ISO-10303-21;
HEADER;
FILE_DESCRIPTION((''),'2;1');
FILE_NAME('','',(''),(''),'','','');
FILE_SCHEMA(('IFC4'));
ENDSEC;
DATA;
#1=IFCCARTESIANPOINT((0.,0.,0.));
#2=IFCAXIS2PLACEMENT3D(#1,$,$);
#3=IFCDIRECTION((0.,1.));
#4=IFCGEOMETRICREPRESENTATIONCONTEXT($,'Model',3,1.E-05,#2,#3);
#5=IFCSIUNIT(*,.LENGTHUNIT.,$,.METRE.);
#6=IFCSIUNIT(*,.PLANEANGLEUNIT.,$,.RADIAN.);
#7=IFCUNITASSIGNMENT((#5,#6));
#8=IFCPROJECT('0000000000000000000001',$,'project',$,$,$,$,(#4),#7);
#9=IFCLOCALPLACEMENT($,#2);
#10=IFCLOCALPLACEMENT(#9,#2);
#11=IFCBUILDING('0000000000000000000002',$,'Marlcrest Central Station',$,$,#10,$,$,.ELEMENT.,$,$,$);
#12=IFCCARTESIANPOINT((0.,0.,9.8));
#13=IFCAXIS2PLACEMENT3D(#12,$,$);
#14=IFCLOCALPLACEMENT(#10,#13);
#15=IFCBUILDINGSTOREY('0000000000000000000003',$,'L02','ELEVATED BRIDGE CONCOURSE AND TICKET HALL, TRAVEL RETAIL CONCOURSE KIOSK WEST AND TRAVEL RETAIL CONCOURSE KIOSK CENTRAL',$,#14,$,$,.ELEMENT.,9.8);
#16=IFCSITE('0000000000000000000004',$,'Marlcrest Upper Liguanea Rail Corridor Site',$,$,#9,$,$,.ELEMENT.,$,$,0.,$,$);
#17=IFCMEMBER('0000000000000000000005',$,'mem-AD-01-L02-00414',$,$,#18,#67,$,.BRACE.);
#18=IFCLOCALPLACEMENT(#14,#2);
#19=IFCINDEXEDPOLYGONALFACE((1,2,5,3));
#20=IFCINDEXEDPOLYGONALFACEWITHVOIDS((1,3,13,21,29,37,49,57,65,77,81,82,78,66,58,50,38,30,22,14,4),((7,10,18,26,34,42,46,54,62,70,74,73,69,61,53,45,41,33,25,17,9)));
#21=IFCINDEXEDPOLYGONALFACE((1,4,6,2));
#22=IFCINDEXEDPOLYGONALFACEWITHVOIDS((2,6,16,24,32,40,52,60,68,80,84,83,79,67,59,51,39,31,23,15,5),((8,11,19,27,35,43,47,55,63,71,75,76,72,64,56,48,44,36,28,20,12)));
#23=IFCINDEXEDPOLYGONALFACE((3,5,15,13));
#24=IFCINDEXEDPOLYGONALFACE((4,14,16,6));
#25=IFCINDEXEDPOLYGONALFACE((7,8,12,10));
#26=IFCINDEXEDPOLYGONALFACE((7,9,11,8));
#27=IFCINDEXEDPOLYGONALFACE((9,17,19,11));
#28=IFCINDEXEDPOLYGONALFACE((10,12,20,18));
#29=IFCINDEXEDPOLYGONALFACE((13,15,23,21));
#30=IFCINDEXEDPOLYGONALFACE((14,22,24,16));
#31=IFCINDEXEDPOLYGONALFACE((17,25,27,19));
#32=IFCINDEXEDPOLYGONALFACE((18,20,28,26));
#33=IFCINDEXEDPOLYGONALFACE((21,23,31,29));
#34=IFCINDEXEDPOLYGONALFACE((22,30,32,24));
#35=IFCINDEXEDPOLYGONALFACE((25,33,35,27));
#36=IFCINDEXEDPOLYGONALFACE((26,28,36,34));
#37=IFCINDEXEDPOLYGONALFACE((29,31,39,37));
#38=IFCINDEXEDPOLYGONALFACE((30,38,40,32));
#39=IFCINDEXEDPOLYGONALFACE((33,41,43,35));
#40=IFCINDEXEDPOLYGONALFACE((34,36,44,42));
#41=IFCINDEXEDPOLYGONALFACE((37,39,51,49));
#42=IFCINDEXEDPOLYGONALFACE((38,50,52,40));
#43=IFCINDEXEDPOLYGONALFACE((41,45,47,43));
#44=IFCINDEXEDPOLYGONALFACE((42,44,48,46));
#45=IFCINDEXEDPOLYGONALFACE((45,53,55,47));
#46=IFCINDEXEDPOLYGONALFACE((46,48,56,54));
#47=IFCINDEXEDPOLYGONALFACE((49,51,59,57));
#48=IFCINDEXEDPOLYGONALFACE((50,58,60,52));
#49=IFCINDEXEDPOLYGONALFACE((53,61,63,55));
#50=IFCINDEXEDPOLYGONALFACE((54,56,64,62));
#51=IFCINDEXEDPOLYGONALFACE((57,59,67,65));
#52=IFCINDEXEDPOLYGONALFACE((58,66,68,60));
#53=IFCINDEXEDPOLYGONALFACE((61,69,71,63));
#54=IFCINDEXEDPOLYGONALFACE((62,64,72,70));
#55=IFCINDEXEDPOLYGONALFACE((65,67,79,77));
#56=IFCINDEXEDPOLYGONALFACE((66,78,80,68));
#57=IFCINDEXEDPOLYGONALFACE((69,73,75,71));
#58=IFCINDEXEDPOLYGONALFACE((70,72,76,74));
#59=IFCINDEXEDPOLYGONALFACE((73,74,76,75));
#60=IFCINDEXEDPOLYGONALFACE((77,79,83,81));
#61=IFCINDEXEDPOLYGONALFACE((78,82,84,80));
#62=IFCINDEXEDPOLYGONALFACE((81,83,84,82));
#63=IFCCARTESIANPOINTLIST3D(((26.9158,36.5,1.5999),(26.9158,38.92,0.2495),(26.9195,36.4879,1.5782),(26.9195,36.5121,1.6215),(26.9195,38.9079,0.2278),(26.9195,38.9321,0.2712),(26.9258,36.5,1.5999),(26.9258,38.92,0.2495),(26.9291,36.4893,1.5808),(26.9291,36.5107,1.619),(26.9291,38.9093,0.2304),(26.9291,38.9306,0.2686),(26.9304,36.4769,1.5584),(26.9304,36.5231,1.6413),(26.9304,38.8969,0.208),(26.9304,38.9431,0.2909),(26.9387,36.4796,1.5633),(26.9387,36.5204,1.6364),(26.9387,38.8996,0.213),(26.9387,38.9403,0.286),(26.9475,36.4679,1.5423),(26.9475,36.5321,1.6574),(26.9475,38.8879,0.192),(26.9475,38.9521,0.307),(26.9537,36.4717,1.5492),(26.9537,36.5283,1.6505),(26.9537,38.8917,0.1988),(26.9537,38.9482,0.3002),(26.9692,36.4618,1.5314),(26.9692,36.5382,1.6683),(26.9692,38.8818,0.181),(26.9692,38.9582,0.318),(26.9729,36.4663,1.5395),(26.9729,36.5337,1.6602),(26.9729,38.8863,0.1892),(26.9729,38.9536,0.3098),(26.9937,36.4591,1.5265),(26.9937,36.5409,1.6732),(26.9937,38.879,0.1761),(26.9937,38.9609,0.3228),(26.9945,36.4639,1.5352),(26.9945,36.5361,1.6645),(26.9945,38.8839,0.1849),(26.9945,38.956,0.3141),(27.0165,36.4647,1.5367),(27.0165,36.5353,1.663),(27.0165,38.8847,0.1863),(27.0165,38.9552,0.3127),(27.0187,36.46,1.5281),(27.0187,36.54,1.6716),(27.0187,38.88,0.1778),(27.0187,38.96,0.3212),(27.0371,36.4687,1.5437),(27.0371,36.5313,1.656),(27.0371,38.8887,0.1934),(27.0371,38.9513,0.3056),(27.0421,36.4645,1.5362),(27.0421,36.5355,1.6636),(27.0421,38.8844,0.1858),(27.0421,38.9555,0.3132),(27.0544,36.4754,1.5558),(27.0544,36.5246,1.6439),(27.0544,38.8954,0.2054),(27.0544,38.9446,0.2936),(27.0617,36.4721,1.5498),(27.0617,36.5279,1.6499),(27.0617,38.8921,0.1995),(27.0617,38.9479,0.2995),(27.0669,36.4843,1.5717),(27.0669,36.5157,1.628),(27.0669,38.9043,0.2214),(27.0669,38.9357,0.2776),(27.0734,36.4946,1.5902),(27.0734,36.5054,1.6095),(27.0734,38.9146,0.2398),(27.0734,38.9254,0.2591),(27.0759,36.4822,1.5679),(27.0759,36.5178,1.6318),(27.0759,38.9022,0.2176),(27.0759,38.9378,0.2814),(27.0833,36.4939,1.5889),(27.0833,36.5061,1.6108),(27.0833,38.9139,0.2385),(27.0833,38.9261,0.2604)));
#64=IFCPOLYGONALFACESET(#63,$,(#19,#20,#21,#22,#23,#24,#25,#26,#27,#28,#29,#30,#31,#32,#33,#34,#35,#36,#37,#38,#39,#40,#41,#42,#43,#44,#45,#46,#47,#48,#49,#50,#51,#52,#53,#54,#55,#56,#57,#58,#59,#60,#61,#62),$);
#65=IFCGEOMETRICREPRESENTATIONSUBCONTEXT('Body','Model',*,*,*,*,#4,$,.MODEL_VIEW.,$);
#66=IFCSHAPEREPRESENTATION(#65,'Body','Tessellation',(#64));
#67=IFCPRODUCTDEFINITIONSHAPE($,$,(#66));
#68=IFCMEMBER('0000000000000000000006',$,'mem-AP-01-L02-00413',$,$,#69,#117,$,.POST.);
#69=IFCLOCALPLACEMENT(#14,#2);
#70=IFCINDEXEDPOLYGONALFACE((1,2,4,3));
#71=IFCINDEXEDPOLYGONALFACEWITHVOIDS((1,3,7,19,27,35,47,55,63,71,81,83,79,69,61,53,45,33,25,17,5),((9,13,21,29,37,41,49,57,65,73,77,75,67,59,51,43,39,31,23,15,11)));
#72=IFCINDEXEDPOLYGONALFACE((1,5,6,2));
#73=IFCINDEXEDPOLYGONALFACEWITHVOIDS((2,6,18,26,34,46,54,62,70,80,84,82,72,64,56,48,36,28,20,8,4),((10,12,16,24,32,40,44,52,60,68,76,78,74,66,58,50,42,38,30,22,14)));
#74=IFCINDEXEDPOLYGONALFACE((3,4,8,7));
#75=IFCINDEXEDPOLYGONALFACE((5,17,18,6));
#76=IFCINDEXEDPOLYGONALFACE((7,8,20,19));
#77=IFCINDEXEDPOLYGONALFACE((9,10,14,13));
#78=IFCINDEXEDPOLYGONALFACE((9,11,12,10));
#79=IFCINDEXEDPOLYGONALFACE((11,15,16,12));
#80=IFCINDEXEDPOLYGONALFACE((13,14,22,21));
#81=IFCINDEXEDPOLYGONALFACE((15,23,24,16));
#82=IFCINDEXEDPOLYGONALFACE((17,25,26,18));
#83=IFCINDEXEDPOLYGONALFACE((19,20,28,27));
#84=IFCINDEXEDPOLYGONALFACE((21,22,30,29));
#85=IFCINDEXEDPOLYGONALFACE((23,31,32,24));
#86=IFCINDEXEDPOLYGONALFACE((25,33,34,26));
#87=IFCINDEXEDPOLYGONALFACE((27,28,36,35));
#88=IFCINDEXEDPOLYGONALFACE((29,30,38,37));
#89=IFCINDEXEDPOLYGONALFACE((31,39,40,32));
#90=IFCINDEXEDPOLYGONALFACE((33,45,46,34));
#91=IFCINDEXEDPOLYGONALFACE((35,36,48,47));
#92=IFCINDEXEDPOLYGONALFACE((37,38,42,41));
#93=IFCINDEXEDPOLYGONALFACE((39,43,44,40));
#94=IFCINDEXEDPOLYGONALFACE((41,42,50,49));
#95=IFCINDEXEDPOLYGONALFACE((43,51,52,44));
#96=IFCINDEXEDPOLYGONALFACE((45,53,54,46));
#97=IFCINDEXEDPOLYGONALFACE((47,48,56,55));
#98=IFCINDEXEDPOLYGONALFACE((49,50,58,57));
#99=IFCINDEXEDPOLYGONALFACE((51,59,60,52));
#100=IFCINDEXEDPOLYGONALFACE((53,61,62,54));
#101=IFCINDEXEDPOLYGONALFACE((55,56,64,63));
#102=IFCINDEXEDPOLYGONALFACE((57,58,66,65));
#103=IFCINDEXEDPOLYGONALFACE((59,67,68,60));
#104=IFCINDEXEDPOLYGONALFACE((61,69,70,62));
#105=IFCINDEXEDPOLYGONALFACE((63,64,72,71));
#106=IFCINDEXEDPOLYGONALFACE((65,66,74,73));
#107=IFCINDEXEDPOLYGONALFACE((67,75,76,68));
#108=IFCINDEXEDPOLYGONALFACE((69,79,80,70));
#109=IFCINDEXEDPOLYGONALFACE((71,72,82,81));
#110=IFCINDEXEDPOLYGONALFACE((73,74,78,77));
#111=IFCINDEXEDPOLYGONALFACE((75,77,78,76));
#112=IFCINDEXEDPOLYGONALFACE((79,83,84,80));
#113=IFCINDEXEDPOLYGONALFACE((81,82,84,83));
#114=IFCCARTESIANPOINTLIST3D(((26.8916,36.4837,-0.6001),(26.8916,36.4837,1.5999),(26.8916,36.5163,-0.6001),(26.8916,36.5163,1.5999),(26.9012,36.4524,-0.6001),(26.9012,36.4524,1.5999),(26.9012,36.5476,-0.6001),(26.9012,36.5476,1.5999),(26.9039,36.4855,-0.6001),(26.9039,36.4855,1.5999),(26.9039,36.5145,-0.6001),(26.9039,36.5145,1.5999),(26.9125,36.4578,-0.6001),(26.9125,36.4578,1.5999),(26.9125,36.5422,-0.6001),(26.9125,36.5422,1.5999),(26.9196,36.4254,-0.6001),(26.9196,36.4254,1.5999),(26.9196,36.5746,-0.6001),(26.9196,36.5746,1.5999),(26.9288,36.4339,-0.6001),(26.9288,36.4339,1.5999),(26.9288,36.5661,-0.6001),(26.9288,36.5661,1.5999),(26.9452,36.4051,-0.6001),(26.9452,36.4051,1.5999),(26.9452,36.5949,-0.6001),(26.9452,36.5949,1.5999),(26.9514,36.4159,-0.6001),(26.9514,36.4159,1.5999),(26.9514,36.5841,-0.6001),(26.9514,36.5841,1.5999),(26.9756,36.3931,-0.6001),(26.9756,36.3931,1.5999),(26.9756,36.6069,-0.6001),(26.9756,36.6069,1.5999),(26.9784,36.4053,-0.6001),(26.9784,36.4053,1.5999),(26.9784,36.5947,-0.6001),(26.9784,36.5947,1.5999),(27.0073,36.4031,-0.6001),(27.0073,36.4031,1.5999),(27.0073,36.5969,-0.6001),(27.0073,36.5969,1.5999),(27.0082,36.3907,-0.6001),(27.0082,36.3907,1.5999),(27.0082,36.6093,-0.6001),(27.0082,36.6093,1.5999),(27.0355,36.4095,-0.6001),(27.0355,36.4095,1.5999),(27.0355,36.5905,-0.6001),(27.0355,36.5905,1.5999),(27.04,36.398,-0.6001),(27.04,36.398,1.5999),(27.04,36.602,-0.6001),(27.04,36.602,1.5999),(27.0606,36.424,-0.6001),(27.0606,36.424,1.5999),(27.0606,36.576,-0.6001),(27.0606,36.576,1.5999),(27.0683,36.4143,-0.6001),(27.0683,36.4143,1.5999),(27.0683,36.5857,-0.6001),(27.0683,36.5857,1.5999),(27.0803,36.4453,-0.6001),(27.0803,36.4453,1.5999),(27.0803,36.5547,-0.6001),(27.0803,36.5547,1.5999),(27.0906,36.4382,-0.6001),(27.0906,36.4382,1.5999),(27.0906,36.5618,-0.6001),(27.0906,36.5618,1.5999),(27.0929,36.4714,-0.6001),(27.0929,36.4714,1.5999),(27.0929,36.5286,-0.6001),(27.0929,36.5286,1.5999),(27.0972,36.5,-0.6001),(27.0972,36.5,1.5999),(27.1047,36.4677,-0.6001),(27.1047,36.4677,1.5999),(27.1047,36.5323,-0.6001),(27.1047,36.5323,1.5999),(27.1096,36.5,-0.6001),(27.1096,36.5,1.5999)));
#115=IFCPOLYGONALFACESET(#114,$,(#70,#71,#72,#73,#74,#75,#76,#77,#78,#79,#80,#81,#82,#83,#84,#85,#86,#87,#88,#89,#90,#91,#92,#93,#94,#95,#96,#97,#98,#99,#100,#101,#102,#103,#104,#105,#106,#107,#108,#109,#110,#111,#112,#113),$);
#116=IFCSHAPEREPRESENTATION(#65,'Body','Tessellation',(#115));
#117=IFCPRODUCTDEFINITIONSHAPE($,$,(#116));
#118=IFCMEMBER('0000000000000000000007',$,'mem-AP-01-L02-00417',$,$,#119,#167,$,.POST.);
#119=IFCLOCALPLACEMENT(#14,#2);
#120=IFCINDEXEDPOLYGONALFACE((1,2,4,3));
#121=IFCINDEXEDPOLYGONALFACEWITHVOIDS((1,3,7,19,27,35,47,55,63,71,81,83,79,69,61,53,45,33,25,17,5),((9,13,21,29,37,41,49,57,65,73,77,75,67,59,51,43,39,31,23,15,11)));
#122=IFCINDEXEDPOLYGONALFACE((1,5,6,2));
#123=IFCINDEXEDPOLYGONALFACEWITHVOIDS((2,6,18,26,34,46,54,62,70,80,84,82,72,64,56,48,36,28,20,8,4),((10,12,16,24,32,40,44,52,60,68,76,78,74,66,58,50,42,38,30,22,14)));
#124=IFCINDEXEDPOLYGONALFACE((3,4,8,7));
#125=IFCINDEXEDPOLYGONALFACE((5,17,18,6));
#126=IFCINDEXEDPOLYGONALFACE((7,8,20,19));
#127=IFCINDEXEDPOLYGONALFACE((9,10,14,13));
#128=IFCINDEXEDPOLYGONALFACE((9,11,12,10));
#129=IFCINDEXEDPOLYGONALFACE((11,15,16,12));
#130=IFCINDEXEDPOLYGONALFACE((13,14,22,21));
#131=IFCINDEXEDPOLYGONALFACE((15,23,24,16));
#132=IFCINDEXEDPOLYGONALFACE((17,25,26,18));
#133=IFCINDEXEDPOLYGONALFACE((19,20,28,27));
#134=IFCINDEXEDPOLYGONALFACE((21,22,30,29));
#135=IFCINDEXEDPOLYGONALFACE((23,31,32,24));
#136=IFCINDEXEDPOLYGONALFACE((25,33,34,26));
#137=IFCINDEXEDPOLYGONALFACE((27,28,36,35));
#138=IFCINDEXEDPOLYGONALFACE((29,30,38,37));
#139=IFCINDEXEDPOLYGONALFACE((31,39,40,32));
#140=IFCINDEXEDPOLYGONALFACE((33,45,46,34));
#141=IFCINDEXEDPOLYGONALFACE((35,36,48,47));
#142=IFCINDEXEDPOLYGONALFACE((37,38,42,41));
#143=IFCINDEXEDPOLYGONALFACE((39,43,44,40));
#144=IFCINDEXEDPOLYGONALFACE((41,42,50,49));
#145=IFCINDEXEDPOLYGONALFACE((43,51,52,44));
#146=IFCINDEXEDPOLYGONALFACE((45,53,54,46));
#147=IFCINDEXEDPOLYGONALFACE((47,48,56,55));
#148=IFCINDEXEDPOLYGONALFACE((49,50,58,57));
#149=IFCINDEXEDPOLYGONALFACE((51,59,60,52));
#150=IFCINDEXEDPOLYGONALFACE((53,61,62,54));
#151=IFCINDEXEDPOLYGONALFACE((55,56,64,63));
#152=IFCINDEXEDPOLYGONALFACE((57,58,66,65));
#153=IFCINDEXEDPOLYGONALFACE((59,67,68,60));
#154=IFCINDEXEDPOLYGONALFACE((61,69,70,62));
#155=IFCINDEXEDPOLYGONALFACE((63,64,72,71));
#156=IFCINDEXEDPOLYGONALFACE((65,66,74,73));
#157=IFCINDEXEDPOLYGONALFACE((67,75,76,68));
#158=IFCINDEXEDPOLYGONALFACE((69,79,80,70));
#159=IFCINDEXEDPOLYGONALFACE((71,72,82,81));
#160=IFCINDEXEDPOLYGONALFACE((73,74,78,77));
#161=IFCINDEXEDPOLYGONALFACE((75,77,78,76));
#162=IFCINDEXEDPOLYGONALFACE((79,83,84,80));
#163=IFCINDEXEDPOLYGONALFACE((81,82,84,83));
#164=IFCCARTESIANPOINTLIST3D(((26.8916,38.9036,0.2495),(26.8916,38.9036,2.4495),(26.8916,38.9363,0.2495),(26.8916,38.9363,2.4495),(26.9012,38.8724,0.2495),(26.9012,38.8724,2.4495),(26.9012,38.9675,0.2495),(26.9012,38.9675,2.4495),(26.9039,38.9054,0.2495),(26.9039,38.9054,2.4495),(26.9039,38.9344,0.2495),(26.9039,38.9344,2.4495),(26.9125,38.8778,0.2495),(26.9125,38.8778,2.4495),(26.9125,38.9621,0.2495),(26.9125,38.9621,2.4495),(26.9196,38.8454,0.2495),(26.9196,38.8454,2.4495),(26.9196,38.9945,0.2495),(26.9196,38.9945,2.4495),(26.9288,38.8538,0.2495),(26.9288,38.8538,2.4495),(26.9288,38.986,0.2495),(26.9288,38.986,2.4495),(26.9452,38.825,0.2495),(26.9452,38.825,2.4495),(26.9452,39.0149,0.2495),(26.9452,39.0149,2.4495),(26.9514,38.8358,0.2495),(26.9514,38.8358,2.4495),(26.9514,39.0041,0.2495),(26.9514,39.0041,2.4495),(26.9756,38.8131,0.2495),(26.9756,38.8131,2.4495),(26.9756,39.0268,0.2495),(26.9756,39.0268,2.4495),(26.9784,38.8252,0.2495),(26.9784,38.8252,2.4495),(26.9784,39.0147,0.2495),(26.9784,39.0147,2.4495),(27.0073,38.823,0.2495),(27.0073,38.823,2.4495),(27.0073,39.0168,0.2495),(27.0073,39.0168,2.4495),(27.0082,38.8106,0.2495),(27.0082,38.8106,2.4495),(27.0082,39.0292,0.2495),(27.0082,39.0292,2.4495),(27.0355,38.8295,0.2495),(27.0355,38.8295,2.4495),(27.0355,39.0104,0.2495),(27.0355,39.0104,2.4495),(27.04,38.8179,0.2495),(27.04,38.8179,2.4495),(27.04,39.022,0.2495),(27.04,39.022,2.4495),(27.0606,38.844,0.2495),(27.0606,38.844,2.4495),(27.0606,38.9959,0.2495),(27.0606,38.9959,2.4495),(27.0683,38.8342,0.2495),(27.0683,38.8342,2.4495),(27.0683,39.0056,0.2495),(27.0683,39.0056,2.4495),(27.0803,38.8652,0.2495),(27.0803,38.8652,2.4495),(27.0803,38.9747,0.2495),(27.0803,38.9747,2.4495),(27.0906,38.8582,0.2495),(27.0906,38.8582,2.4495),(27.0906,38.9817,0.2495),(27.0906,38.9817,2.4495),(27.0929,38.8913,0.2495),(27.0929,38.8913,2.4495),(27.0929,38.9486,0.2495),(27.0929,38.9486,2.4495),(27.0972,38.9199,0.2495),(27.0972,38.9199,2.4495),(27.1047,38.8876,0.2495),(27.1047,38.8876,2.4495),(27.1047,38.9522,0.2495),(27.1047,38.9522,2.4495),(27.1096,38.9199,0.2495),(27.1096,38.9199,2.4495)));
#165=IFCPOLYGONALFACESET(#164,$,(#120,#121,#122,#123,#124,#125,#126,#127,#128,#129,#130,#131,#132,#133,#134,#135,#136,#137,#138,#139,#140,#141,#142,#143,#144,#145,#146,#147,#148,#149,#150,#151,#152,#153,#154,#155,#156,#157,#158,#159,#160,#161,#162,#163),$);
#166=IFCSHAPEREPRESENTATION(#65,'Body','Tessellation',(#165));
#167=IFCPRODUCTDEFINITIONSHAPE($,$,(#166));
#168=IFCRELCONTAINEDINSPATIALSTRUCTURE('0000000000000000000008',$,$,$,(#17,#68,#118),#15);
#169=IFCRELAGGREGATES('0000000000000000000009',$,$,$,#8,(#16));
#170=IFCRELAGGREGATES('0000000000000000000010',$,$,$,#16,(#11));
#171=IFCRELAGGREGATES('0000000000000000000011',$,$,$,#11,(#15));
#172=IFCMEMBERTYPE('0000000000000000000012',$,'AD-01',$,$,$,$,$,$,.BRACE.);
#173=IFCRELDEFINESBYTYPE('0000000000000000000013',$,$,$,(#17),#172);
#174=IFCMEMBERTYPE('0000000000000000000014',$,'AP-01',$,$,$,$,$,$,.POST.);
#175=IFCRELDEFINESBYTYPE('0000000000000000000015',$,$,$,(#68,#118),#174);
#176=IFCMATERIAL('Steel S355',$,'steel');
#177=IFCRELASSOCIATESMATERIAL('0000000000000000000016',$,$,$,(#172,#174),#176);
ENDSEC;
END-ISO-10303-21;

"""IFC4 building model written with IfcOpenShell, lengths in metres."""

from ifc_helpers import new_model, si_unit, direction, frame, origin, origin_2d, place, context, subcontext, project, spatial, hollow_circle, extrude, material, material_profile, profile_set, type_object, element, save


model = new_model("IFC4")

# Units and contexts
model_context = context("Model", 3, precision=1e-05, world=origin(), true_north=direction((0.0, 1.0)))
body_context = subcontext(model_context, "Body", "Model", "MODEL_VIEW")
ifc_project = project(units=[si_unit("LENGTHUNIT", "METRE"), si_unit("PLANEANGLEUNIT", "RADIAN")], contexts=[model_context])

# Site, building, storey
site_placement = place(None, origin())
site = spatial("IfcSite", under=ifc_project, at=site_placement, Name="Marlcrest Upper Liguanea Rail Corridor Site", CompositionType="ELEMENT", RefElevation=0.0)
building_placement = place(site_placement, origin())
building = spatial("IfcBuilding", under=site, at=building_placement, Name="Marlcrest Central Station", CompositionType="ELEMENT")
storey_placement = place(building_placement, frame((0.0, 0.0, 9.8)))
storey = spatial("IfcBuildingStorey", under=building, at=storey_placement, Name="L02", Description="ELEVATED BRIDGE CONCOURSE AND TICKET HALL, TRAVEL RETAIL CONCOURSE KIOSK WEST AND TRAVEL RETAIL CONCOURSE KIOSK CENTRAL", CompositionType="ELEMENT", Elevation=9.8)

# Members
ifc_material_1 = material(Name="Steel S355", Category="steel")
ifc_material_profile_1 = material_profile(ifc_material_1, hollow_circle(Radius=0.0842, WallThickness=0.01, at=origin_2d()), Name="CHS 168.3x10")
ifc_profile_set_1 = profile_set([ifc_material_profile_1], Name="Steel S355")
member_type_1 = type_object("IfcMemberType", Name="AD-01", PredefinedType="BRACE", material=ifc_profile_set_1)
member_1_placement = place(storey_placement, frame((27.0, 36.5, 1.5999), z_axis=(0.0, 0.873246, -0.48728), x_axis=(-1.0, 0.0, 0.0)))
element("IfcMember", 1, at=member_1_placement, inside=storey, type_object=member_type_1, Name="mem-AD-01-L02-00414", PredefinedType="BRACE", context=body_context, shape_type="SweptSolid", body=[
    extrude(hollow_circle(Radius=0.0842, WallThickness=0.01, at=origin_2d()), origin(), (0.0, 0.0, 1.0), 2.7712),
])
ifc_material_profile_2 = material_profile(ifc_material_1, hollow_circle(Radius=0.1096, WallThickness=0.0125, at=origin_2d()), Name="CHS 219.1x12.5")
ifc_profile_set_2 = profile_set([ifc_material_profile_2], Name="Steel S355")
member_type_2 = type_object("IfcMemberType", Name="AP-01", PredefinedType="POST", material=ifc_profile_set_2)
for number, where, z_axis, x_axis, name in (
    (2, (27.0, 36.5, -0.6001), (0.0, 0.0, 1.0), (1.0, 0.0, 0.0), "mem-AP-01-L02-00413"),
    (3, (27.0, 38.9199, 0.2495), (0.0, 0.0, 1.0), (1.0, 0.0, 0.0), "mem-AP-01-L02-00417"),
):
    element("IfcMember", number, at=place(storey_placement, frame(where, z_axis=z_axis, x_axis=x_axis)), inside=storey, type_object=member_type_2, Name=name, PredefinedType="POST", context=body_context, shape_type="SweptSolid", body=[
        extrude(hollow_circle(Radius=0.1096, WallThickness=0.0125, at=origin_2d()), origin(), (0.0, 0.0, 1.0), 2.2),
    ])

save(model, "model.ifc")
